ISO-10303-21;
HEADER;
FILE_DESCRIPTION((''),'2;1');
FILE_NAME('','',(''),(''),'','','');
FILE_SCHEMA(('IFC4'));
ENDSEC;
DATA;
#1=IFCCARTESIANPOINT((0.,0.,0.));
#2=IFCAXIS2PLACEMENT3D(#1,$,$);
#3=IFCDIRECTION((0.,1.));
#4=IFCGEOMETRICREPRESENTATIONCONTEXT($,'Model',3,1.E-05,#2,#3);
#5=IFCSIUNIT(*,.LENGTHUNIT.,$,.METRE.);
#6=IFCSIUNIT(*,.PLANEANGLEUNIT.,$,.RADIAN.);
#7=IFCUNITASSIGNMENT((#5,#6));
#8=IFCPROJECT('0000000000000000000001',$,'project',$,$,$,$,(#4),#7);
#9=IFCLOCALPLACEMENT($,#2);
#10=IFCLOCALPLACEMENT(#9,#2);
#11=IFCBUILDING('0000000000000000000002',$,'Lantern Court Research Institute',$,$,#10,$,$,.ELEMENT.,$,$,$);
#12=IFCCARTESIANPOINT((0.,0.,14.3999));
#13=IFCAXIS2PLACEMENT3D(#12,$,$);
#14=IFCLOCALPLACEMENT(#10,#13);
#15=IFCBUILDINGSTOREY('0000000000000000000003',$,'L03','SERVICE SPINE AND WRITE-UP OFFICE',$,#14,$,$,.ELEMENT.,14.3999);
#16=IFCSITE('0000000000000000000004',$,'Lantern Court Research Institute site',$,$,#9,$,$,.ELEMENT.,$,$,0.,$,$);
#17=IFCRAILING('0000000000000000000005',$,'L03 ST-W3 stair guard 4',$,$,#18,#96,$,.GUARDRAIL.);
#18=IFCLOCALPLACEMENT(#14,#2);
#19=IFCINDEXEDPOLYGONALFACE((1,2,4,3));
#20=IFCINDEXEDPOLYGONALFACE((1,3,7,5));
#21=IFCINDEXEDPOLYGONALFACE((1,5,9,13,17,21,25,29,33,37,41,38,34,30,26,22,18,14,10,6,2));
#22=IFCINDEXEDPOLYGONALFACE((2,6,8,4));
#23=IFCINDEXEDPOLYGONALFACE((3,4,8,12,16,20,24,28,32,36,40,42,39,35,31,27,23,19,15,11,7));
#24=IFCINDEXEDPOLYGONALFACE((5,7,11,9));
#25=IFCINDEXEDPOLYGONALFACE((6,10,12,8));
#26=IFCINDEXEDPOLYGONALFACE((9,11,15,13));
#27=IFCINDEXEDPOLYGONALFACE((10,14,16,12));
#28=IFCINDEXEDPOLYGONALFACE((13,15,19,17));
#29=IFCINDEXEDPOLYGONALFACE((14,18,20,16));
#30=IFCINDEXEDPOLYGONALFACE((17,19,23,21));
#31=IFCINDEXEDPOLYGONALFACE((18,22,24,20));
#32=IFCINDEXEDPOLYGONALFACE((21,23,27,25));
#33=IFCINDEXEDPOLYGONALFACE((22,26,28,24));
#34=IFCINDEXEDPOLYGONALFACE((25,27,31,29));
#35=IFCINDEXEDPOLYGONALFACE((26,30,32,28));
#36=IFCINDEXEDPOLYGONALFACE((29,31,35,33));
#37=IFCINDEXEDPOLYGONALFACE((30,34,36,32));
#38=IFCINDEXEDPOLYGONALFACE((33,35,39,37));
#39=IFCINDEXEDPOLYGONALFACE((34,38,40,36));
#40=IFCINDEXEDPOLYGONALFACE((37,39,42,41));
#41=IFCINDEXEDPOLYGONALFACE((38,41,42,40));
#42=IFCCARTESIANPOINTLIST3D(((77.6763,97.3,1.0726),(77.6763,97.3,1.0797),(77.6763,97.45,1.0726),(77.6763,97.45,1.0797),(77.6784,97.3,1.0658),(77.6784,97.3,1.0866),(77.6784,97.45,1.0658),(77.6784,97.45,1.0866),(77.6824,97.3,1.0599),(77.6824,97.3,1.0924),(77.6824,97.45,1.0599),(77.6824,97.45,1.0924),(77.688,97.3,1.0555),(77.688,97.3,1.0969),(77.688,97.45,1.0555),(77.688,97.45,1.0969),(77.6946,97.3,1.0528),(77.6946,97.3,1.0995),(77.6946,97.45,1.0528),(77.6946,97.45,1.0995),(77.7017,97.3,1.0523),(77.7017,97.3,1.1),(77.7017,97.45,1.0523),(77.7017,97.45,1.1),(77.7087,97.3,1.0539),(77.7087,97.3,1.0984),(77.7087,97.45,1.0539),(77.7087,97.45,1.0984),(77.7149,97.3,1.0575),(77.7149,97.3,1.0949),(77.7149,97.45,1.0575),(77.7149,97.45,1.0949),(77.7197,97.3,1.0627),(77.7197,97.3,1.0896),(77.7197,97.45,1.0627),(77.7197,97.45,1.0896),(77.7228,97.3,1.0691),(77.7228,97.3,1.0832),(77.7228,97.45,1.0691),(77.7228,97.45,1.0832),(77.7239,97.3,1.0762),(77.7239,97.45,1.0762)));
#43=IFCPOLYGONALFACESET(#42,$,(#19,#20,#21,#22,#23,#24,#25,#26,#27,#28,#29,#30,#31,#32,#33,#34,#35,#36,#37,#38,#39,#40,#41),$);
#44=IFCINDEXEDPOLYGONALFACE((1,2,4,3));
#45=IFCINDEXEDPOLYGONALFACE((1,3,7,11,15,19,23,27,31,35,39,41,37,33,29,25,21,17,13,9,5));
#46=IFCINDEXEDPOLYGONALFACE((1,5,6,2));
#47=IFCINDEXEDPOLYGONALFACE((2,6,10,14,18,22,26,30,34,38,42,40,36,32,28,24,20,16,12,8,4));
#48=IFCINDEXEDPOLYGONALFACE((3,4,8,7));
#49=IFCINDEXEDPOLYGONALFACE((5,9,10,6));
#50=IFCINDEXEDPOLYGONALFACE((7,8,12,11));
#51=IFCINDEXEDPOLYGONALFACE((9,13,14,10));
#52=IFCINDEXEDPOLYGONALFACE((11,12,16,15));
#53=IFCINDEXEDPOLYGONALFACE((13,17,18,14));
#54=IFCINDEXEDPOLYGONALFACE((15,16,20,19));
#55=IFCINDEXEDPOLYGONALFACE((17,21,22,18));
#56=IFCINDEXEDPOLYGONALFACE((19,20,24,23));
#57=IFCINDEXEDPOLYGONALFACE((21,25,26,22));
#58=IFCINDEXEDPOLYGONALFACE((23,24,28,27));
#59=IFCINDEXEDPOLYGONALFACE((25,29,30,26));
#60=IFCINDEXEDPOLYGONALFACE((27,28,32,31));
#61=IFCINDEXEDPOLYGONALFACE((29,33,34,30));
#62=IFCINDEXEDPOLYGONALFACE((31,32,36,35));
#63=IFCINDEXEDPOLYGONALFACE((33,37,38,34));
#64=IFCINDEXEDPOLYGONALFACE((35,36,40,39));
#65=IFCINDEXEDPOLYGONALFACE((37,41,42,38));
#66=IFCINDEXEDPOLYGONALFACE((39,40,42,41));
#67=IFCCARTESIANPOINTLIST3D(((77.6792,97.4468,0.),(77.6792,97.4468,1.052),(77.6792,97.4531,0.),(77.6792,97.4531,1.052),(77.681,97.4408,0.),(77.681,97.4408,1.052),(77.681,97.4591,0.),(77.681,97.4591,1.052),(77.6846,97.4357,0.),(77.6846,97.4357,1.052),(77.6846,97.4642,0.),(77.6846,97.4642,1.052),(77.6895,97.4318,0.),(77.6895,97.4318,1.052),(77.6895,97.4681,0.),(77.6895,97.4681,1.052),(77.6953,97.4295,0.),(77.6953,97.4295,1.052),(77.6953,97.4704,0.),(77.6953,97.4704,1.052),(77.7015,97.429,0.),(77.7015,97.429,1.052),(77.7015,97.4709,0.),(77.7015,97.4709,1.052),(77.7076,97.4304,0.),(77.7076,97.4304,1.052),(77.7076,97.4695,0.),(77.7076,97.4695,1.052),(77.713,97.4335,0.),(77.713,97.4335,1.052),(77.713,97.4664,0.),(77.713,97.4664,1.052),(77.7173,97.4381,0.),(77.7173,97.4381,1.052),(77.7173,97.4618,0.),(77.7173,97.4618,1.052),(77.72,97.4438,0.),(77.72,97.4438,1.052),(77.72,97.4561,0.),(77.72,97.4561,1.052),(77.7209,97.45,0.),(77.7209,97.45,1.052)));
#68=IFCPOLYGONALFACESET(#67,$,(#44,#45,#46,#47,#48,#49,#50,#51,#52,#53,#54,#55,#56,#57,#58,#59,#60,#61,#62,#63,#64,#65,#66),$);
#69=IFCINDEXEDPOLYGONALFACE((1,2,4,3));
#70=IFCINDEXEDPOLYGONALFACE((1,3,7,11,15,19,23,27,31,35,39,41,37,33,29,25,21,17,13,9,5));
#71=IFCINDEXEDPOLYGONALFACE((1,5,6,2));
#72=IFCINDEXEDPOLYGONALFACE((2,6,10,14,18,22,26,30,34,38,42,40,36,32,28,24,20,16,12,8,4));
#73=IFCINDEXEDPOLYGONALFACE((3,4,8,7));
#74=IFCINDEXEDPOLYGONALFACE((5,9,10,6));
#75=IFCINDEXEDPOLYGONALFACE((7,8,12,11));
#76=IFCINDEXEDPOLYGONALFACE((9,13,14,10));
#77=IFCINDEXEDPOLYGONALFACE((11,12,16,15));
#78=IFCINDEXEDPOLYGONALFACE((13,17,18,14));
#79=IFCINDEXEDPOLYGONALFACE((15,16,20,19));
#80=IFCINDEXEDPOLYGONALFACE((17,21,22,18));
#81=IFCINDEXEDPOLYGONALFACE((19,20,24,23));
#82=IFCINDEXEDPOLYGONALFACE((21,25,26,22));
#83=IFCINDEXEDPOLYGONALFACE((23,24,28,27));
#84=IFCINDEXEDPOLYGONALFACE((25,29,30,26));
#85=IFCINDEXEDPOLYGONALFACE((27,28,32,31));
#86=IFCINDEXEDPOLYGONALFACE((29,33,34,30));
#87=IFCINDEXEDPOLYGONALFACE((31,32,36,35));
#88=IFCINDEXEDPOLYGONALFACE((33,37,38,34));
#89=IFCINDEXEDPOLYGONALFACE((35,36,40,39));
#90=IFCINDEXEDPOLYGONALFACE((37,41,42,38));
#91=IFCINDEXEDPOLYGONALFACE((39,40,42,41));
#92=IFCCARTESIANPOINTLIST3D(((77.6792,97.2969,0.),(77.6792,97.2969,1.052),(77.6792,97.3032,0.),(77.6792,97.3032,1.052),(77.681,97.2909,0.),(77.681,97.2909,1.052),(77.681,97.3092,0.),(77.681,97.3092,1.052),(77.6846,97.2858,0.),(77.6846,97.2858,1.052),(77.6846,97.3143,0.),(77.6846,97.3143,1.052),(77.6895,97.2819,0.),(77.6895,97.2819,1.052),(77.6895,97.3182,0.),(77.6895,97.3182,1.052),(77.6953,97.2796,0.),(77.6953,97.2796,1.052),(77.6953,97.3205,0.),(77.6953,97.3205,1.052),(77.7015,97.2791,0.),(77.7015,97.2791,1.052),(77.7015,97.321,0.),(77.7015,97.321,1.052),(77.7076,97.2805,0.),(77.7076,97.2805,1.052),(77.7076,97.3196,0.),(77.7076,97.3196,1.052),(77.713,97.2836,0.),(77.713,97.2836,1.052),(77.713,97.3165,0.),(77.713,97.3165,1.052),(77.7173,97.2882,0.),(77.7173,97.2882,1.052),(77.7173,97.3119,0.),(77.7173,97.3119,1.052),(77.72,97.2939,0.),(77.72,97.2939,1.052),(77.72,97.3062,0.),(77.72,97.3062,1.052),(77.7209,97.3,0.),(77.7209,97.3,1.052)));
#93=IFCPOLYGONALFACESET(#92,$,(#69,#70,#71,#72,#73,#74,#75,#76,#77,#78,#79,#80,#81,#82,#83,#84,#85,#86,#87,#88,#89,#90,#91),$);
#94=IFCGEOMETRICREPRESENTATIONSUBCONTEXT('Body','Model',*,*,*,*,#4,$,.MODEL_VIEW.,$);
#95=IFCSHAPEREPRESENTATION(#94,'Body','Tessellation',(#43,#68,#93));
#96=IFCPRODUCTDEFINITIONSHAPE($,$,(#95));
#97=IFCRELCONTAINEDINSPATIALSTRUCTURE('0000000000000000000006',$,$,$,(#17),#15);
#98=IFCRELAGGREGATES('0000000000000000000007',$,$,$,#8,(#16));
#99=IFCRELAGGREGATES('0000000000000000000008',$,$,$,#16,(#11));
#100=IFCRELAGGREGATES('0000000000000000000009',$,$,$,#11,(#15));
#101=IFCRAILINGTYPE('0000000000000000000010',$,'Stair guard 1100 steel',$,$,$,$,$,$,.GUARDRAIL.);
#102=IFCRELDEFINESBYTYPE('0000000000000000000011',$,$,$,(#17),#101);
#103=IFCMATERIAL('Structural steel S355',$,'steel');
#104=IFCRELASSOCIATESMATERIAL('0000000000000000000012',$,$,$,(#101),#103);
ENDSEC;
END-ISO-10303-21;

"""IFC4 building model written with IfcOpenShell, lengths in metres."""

from ifc_helpers import new_model, si_unit, direction, frame, origin, origin_2d, place, context, subcontext, project, spatial, circle, extrude, material, type_object, element, save


model = new_model("IFC4")

# Units and contexts
model_context = context("Model", 3, precision=1e-05, world=origin(), true_north=direction((0.0, 1.0)))
body_context = subcontext(model_context, "Body", "Model", "MODEL_VIEW")
ifc_project = project(units=[si_unit("LENGTHUNIT", "METRE"), si_unit("PLANEANGLEUNIT", "RADIAN")], contexts=[model_context])

# Site, building, storey
site_placement = place(None, origin())
site = spatial("IfcSite", under=ifc_project, at=site_placement, Name="Lantern Court Research Institute site", CompositionType="ELEMENT", RefElevation=0.0)
building_placement = place(site_placement, origin())
building = spatial("IfcBuilding", under=site, at=building_placement, Name="Lantern Court Research Institute", CompositionType="ELEMENT")
storey_placement = place(building_placement, frame((0.0, 0.0, 14.3999)))
storey = spatial("IfcBuildingStorey", under=building, at=storey_placement, Name="L03", Description="SERVICE SPINE AND WRITE-UP OFFICE", CompositionType="ELEMENT", Elevation=14.3999)

# Railing
ifc_material_1 = material(Name="Structural steel S355", Category="steel")
railing_type_1 = type_object("IfcRailingType", Name="Stair guard 1100 steel", PredefinedType="GUARDRAIL", material=ifc_material_1)
railing_1_placement = place(storey_placement, frame((77.7, 97.45, 0.0)))
element("IfcRailing", 1, at=railing_1_placement, inside=storey, type_object=railing_type_1, Name="L03 ST-W3 stair guard 4", PredefinedType="GUARDRAIL", context=body_context, shape_type="SweptSolid", body=[
    extrude(circle(Radius=0.0239, at=origin_2d()), frame((0.0, 0.0, 1.0762), z_axis=(0.0, -1.0, 0.0), x_axis=(1.0, 0.0, 0.0)), (0.0, 0.0, 1.0), 0.1499),
    extrude(circle(Radius=0.021, at=origin_2d()), origin(), (0.0, 0.0, 1.0), 1.052),
    extrude(circle(Radius=0.021, at=origin_2d()), frame((0.0, -0.1499, 0.0)), (0.0, 0.0, 1.0), 1.052),
])

save(model, "model.ifc")
